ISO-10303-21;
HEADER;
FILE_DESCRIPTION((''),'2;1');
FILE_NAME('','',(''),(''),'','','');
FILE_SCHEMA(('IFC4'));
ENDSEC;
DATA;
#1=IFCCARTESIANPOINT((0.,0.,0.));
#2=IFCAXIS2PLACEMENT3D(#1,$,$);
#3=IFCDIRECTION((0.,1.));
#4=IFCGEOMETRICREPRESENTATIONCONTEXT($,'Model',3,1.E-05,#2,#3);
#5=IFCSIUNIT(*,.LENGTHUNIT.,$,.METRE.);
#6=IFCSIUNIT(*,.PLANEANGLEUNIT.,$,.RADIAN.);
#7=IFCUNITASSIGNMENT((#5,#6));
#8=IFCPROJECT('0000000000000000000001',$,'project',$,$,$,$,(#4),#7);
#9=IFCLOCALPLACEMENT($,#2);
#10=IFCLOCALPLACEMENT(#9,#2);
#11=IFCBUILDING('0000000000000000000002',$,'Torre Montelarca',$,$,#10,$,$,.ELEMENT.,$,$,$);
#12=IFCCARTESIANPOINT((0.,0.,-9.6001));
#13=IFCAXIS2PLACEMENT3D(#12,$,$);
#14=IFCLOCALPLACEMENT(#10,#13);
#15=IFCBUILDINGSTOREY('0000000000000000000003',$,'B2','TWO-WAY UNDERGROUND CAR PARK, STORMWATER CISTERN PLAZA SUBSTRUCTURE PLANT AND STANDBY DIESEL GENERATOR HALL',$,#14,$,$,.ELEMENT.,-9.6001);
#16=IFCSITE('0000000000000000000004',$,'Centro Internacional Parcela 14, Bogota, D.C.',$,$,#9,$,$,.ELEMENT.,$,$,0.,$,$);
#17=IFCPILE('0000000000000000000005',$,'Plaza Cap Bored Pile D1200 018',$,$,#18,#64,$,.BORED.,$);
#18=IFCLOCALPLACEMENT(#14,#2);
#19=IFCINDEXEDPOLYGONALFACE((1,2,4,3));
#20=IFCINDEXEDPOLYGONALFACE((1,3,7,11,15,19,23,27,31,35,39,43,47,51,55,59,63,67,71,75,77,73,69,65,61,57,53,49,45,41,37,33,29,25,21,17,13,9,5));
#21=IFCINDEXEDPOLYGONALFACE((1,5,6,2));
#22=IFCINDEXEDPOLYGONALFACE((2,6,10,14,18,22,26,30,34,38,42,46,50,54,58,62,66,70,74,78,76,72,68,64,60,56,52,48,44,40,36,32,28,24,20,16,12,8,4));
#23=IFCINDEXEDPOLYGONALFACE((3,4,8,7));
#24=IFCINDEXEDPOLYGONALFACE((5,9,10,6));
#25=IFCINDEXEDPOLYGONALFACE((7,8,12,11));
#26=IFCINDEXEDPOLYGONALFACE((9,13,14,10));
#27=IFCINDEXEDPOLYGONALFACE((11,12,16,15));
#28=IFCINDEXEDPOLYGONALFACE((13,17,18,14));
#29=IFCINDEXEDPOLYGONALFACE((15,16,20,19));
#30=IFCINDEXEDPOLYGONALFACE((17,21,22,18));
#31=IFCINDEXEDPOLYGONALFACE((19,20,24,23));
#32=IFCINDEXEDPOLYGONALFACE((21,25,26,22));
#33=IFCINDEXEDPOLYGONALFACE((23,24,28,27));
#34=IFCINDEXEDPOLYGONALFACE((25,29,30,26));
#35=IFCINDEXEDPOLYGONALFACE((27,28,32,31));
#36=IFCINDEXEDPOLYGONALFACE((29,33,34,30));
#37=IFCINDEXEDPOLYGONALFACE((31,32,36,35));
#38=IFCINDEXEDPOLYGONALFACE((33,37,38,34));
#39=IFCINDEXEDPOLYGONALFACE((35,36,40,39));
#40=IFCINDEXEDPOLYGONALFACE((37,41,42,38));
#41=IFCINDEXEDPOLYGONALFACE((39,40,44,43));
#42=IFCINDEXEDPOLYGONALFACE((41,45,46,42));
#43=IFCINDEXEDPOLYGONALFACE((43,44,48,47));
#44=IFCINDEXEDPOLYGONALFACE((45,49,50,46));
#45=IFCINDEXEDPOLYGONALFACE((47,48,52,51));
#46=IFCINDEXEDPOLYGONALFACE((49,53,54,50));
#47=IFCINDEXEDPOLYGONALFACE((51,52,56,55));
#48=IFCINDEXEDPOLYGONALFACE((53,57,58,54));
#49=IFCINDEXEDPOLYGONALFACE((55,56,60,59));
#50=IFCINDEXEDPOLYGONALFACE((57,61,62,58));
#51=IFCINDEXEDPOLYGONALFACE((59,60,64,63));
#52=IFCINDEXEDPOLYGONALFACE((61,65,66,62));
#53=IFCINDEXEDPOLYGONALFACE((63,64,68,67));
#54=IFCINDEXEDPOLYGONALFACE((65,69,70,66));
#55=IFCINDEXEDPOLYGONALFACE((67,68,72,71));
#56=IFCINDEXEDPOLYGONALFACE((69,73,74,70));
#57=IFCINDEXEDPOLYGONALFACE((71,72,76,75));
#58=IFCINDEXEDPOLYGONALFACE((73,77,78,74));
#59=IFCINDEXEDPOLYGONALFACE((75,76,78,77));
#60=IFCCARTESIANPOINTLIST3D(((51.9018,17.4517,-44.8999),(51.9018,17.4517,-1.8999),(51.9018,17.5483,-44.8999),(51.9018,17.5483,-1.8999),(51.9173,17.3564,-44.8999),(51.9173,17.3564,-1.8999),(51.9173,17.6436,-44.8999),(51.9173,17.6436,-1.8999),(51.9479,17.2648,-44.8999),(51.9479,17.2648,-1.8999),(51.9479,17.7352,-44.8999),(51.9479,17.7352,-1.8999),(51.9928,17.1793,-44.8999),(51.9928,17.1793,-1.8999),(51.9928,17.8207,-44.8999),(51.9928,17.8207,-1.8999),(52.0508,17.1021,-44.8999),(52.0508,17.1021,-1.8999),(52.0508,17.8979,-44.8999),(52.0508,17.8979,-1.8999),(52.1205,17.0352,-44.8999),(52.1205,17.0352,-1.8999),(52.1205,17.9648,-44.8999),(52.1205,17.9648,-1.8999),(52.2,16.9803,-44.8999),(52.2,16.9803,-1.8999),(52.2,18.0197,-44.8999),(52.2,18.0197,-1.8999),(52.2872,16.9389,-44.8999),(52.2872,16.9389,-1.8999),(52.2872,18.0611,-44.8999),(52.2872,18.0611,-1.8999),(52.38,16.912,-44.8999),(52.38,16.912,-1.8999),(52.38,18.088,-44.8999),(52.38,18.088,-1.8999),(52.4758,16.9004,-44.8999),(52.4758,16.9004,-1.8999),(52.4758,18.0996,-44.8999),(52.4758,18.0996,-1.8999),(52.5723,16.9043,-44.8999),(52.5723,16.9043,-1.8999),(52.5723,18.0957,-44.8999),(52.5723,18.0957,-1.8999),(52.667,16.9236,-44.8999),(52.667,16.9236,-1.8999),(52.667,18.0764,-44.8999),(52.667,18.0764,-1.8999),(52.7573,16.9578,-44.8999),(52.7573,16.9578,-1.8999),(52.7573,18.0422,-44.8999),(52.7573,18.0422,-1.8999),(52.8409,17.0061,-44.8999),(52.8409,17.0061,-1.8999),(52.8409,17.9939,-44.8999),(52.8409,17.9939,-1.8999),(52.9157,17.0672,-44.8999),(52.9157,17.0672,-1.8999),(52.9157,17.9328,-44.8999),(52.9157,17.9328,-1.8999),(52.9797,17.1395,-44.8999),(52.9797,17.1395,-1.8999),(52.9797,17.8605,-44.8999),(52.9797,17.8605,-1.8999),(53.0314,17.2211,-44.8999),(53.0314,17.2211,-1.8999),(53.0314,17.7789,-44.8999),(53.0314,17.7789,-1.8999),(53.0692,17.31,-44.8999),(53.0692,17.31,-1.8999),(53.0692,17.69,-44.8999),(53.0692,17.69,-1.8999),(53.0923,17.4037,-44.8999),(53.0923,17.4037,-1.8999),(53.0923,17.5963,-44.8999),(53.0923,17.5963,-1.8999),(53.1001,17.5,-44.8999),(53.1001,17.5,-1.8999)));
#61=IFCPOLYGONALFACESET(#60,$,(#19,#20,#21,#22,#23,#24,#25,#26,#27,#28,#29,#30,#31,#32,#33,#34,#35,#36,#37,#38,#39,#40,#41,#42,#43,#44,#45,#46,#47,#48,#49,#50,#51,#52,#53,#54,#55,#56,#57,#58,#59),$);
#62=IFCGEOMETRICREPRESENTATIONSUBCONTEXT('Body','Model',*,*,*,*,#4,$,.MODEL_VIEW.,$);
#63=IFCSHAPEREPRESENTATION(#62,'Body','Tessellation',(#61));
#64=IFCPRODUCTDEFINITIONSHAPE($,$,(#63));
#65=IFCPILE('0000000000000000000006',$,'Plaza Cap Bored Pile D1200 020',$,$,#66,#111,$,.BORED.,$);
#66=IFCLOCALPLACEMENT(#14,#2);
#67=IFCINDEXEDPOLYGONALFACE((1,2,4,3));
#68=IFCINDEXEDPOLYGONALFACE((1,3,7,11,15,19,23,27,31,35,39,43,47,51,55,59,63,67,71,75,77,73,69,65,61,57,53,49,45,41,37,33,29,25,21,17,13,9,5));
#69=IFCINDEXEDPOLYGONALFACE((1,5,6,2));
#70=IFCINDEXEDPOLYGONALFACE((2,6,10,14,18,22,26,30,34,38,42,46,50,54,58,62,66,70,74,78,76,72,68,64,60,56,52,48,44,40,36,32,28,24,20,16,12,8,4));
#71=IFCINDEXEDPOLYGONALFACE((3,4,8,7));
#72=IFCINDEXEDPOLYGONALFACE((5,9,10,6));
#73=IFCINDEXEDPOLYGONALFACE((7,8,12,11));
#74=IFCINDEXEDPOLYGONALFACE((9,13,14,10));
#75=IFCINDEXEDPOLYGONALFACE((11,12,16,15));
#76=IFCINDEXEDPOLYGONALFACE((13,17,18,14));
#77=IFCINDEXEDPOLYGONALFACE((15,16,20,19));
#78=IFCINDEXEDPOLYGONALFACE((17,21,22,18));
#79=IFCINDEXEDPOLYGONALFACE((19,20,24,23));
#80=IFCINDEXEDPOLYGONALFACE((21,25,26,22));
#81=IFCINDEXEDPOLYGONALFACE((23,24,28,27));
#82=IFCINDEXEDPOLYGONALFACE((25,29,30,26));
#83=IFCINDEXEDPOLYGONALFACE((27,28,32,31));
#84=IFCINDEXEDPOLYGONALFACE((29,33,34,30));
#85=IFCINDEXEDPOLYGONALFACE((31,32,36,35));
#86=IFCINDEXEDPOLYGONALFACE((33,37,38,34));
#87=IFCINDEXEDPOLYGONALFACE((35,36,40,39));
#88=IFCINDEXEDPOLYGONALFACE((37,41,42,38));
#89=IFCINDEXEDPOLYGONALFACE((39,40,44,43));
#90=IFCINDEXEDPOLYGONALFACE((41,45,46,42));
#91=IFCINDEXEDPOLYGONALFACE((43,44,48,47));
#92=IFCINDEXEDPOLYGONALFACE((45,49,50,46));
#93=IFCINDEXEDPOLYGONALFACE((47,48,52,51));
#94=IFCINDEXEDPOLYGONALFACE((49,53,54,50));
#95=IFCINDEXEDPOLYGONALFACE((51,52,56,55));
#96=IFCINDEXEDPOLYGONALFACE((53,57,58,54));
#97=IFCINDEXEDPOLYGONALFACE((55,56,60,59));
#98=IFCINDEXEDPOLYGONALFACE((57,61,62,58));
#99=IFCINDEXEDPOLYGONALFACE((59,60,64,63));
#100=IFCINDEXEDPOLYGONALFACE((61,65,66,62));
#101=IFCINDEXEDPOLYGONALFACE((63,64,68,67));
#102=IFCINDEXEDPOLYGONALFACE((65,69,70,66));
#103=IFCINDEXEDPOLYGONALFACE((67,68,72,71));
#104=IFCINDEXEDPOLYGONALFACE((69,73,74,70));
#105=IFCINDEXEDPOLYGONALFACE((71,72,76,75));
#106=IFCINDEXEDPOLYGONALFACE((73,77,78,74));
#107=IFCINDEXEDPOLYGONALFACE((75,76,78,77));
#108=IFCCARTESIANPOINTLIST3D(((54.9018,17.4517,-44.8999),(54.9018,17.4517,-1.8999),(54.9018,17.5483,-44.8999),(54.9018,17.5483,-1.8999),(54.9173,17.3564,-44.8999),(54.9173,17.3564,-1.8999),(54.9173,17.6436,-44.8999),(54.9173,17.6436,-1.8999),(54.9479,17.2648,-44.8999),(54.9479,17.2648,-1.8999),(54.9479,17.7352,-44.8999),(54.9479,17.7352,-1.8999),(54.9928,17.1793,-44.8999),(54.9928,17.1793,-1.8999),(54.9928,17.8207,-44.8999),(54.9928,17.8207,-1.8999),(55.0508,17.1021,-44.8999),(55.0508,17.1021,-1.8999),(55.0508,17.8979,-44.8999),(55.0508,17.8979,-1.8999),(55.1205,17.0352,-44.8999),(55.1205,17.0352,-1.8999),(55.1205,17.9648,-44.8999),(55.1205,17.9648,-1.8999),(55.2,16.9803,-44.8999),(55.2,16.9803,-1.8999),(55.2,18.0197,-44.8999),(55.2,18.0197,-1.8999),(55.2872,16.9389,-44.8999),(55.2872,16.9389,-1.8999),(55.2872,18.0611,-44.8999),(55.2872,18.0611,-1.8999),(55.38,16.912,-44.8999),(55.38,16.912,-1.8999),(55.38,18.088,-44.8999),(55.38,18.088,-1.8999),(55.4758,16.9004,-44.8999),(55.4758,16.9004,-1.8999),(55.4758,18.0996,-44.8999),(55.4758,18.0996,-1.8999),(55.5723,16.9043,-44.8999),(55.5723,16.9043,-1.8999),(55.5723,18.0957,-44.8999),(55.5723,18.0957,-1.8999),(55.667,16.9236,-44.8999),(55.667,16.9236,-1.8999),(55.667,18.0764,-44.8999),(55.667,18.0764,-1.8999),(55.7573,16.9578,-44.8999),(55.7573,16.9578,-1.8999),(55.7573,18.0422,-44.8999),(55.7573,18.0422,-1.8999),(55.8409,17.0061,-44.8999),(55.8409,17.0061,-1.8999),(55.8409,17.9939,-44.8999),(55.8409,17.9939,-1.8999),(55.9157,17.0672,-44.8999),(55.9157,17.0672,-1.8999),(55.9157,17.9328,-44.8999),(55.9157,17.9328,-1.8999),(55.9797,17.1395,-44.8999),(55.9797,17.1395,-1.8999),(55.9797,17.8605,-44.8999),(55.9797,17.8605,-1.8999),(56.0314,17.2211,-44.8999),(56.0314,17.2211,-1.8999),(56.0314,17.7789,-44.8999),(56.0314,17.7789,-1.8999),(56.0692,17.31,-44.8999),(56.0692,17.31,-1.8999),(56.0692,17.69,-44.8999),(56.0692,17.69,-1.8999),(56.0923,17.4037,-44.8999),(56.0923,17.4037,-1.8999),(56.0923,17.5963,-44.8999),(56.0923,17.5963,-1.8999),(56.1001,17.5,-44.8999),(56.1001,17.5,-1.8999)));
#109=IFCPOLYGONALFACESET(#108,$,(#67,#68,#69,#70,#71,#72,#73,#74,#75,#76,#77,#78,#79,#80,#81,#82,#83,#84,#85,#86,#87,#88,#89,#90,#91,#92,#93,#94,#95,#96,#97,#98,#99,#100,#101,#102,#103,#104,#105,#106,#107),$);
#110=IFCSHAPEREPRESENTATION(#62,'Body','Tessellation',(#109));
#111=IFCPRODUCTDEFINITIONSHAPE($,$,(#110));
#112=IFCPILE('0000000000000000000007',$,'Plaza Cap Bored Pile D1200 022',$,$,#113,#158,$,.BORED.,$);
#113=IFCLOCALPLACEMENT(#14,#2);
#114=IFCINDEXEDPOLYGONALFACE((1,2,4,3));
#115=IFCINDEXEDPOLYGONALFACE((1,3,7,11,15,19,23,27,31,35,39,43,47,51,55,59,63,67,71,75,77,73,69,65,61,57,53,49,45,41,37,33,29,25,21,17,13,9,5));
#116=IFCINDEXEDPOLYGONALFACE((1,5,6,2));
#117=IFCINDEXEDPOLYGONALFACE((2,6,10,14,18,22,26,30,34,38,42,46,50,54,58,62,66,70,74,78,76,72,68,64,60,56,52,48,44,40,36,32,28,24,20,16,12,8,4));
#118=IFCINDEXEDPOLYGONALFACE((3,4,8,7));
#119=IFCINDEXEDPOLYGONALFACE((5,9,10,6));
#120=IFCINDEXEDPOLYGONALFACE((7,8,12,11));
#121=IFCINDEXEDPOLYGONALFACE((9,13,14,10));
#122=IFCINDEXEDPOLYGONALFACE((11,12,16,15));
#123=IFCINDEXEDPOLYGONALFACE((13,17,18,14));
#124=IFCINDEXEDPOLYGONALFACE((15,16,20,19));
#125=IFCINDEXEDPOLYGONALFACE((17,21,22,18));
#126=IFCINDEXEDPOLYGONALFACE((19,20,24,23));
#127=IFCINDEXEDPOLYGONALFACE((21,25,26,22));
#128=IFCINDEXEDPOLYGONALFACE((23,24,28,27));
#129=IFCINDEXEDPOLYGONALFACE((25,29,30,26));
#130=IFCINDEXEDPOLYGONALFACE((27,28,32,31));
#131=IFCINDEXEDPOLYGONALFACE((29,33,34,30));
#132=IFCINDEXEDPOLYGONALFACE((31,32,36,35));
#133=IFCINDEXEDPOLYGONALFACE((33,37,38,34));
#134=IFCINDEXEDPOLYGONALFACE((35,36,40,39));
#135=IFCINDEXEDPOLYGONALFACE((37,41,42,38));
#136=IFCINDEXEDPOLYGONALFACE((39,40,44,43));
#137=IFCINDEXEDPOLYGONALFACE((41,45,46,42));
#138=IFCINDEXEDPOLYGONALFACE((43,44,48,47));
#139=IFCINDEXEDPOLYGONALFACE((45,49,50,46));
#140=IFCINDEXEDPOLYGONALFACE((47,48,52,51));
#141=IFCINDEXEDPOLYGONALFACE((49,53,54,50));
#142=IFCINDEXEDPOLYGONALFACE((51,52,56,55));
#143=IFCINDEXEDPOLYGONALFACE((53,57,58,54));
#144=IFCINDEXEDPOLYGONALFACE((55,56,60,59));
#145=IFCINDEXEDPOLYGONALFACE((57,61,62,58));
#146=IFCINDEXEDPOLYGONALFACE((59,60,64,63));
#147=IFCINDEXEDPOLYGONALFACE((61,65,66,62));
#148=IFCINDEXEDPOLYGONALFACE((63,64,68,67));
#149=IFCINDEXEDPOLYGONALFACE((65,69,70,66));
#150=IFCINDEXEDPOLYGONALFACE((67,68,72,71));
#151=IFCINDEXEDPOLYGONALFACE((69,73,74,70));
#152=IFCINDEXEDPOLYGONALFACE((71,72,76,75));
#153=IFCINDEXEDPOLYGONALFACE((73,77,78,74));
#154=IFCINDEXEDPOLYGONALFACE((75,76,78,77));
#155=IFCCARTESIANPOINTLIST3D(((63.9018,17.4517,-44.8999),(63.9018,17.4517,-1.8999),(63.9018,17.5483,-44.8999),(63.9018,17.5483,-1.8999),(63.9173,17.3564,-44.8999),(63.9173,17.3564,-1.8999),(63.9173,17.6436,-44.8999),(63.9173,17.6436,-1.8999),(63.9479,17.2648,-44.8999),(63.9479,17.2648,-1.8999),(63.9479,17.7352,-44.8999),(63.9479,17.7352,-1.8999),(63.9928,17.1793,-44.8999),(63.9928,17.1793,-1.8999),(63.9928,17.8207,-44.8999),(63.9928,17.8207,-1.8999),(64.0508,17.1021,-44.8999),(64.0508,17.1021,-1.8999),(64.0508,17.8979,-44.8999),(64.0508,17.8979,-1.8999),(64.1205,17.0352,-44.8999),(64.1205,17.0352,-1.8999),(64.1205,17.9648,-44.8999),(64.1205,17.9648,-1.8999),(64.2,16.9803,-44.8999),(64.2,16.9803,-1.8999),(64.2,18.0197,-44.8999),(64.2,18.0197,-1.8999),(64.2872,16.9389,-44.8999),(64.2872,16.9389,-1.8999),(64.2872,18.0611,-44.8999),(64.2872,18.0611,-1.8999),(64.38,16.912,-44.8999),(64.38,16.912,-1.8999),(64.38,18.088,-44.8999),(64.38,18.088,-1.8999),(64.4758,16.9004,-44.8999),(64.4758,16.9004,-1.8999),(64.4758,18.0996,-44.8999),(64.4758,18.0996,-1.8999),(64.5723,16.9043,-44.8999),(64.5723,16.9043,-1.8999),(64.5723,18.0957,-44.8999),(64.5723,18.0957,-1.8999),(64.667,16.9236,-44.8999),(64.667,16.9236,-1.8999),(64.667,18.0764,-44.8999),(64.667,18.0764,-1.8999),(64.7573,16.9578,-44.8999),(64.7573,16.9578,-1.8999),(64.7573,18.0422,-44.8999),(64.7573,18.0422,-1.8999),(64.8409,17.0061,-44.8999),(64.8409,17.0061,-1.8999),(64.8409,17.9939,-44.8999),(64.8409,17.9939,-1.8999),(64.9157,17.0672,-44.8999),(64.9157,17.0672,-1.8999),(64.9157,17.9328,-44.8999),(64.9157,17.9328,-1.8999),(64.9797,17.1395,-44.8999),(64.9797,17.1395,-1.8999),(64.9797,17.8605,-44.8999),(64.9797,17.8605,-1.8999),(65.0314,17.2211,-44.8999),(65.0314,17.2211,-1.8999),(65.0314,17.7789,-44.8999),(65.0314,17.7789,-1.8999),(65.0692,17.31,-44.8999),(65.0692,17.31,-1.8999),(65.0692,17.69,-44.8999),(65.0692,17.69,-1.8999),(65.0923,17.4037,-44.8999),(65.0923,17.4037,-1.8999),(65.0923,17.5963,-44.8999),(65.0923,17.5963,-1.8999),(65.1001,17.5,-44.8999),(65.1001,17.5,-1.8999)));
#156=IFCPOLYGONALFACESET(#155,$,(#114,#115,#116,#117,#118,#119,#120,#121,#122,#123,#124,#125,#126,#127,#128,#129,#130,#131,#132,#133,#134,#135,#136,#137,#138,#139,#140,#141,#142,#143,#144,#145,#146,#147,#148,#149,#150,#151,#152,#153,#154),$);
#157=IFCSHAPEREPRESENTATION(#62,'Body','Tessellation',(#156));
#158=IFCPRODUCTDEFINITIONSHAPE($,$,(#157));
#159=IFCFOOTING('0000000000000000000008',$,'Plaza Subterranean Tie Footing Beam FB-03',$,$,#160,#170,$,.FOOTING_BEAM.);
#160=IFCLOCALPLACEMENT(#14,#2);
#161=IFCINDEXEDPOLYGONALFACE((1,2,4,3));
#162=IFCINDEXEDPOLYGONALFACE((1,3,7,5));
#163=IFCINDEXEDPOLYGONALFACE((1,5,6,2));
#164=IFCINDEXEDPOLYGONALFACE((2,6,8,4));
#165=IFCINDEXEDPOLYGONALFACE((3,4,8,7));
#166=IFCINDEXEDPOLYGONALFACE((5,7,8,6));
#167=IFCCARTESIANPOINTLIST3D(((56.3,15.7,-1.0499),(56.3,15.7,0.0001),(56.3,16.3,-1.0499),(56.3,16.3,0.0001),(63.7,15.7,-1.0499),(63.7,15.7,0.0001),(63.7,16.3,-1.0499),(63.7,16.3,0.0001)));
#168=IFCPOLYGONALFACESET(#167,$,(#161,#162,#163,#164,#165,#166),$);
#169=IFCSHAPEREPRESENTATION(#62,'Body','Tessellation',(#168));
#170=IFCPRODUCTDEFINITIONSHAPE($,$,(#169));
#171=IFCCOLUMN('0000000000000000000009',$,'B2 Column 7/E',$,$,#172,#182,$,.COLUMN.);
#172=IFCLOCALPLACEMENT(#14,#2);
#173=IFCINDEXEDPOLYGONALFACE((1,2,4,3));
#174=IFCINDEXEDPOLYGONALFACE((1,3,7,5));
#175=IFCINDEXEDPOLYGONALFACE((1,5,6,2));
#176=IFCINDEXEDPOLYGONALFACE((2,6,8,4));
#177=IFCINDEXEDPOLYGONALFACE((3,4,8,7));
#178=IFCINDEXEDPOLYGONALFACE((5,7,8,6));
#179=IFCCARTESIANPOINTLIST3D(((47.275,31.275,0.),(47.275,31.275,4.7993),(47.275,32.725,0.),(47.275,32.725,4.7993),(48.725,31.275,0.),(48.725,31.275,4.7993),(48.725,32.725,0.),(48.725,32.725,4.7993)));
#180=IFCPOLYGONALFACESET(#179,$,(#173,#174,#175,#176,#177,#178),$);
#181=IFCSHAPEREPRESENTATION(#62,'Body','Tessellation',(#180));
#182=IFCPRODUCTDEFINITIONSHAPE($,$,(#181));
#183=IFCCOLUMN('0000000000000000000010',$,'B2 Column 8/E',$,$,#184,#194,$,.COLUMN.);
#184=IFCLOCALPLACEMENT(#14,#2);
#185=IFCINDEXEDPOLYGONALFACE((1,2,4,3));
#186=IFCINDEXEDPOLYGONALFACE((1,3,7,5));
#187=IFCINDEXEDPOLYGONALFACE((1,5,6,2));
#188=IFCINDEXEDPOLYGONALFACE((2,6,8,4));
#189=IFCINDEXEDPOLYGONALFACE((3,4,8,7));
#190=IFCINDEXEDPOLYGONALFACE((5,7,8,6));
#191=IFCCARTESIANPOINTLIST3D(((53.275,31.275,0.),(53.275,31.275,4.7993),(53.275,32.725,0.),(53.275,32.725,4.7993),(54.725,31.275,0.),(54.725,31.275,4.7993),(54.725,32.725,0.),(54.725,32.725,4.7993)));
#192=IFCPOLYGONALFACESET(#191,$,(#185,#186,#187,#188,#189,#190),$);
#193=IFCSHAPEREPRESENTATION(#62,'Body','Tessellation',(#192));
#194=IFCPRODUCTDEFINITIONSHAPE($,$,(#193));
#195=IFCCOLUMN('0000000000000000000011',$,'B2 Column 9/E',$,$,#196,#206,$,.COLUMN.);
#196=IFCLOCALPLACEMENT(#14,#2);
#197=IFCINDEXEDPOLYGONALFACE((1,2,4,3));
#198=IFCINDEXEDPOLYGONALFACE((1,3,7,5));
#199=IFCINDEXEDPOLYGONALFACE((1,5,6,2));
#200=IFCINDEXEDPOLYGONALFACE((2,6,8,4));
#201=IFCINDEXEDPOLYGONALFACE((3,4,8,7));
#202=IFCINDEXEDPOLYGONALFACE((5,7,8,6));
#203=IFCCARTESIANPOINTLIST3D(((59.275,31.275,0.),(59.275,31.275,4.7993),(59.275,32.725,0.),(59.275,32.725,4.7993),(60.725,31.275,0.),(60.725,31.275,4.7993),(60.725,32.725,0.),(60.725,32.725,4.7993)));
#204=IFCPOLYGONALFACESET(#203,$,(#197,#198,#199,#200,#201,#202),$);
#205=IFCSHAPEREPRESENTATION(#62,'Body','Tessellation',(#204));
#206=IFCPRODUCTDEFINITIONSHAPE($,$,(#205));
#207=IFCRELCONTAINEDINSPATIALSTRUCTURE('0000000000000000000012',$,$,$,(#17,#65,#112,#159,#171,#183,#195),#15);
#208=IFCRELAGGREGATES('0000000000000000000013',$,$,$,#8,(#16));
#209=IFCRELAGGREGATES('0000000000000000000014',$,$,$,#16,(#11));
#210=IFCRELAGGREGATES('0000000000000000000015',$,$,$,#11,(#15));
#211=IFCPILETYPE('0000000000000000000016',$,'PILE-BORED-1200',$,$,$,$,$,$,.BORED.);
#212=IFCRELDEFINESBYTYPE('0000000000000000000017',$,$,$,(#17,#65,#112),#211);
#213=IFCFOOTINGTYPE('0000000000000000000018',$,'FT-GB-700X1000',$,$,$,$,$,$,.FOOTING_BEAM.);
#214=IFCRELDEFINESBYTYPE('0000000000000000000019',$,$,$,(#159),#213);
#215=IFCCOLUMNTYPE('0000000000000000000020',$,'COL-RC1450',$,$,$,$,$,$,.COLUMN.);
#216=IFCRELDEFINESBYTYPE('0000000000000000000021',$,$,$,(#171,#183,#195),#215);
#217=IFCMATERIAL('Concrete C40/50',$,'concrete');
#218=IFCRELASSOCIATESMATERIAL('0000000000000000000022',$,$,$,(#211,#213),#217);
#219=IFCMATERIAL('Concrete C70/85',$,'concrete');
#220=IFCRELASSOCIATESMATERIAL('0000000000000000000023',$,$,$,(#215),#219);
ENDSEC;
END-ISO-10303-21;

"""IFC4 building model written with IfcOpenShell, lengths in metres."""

from ifc_helpers import new_model, si_unit, direction, frame, origin, origin_2d, place, context, subcontext, project, spatial, rectangle, circle, extrude, source, transform, mapped, material, material_profile, profile_set, type_object, element, save


model = new_model("IFC4")

# Units and contexts
model_context = context("Model", 3, precision=1e-05, world=origin(), true_north=direction((0.0, 1.0)))
body_context = subcontext(model_context, "Body", "Model", "MODEL_VIEW")
ifc_project = project(units=[si_unit("LENGTHUNIT", "METRE"), si_unit("PLANEANGLEUNIT", "RADIAN")], contexts=[model_context])

# Site, building, storey
site_placement = place(None, origin())
site = spatial("IfcSite", under=ifc_project, at=site_placement, Name="Centro Internacional Parcela 14, Bogota, D.C.", CompositionType="ELEMENT", RefElevation=0.0)
building_placement = place(site_placement, origin())
building = spatial("IfcBuilding", under=site, at=building_placement, Name="Torre Montelarca", CompositionType="ELEMENT")
storey_placement = place(building_placement, frame((0.0, 0.0, -9.6001)))
storey = spatial("IfcBuildingStorey", under=building, at=storey_placement, Name="B2", Description="TWO-WAY UNDERGROUND CAR PARK, STORMWATER CISTERN PLAZA SUBSTRUCTURE PLANT AND STANDBY DIESEL GENERATOR HALL", CompositionType="ELEMENT", Elevation=-9.6001)

# Piles
ifc_material_1 = material(Name="Concrete C40/50", Category="concrete")
ifc_material_profile_1 = material_profile(ifc_material_1, circle(Radius=0.6001, at=origin_2d()), Name="PILE-D1200", Category="concrete")
ifc_profile_set_1 = profile_set([ifc_material_profile_1], Name="Concrete C40/50")
pile_type_1 = type_object("IfcPileType", Name="PILE-BORED-1200", PredefinedType="BORED", material=ifc_profile_set_1)
shared_shape_1 = source(origin(), body_context, "Body", "SweptSolid", [
    extrude(circle(Radius=0.6001, at=origin_2d()), origin(), (0.0, 0.0, 1.0), 43.0),
])
for number, where, z_axis, x_axis, name in (
    (1, (52.5, 17.5, -1.8999), (0.0, 0.0, -1.0), (1.0, 0.0, 0.0), "Plaza Cap Bored Pile D1200 018"),
    (2, (55.5, 17.5, -1.8999), (0.0, 0.0, -1.0), (1.0, 0.0, 0.0), "Plaza Cap Bored Pile D1200 020"),
    (3, (64.5, 17.5, -1.8999), (0.0, 0.0, -1.0), (1.0, 0.0, 0.0), "Plaza Cap Bored Pile D1200 022"),
):
    element("IfcPile", number, at=place(storey_placement, frame(where, z_axis=z_axis, x_axis=x_axis)), inside=storey, type_object=pile_type_1, Name=name, PredefinedType="BORED", context=body_context, shape_type="MappedRepresentation", body=[
        mapped(shared_shape_1, transform((0.0, 0.0, 0.0), scale=1.0)),
    ])

# Footing
ifc_material_profile_2 = material_profile(ifc_material_1, rectangle(XDim=0.6001, YDim=1.05, at=origin_2d()), Name="RCB600X1050", Category="concrete")
ifc_profile_set_2 = profile_set([ifc_material_profile_2], Name="Concrete C40/50")
footing_type = type_object("IfcFootingType", Name="FT-GB-700X1000", PredefinedType="FOOTING_BEAM", material=ifc_profile_set_2)
shared_shape_2 = source(origin(), body_context, "Body", "SweptSolid", [
    extrude(rectangle(XDim=0.6001, YDim=1.05, at=origin_2d()), origin(), (0.0, 0.0, 1.0), 7.3999),
])
footing_placement = place(storey_placement, frame((56.3, 16.0, -0.5249), z_axis=(1.0, 0.0, 0.0), x_axis=(0.0, 1.0, 0.0)))
element("IfcFooting", 4, at=footing_placement, inside=storey, type_object=footing_type, Name="Plaza Subterranean Tie Footing Beam FB-03", PredefinedType="FOOTING_BEAM", context=body_context, shape_type="MappedRepresentation", body=[
    mapped(shared_shape_2, transform((0.0, 0.0, 0.0), scale=1.0)),
])

# Columns
ifc_material_2 = material(Name="Concrete C70/85", Category="concrete")
ifc_material_profile_3 = material_profile(ifc_material_2, rectangle(XDim=1.45, YDim=1.45, at=origin_2d()), Name="RC1450X1450", Category="concrete")
ifc_profile_set_3 = profile_set([ifc_material_profile_3], Name="Concrete C70/85")
column_type_1 = type_object("IfcColumnType", Name="COL-RC1450", PredefinedType="COLUMN", material=ifc_profile_set_3)
shared_shape_3 = source(origin(), body_context, "Body", "SweptSolid", [
    extrude(rectangle(XDim=1.45, YDim=1.45, at=origin_2d()), origin(), (0.0, 0.0, 1.0), 4.7993),
])
for number, where, z_axis, x_axis, name in (
    (5, (48.0, 32.0, 0.0), (0.0, 0.0, 1.0), (1.0, 0.0, 0.0), "B2 Column 7/E"),
    (6, (54.0, 32.0, 0.0), (0.0, 0.0, 1.0), (1.0, 0.0, 0.0), "B2 Column 8/E"),
    (7, (60.0, 32.0, 0.0), (0.0, 0.0, 1.0), (1.0, 0.0, 0.0), "B2 Column 9/E"),
):
    element("IfcColumn", number, at=place(storey_placement, frame(where, z_axis=z_axis, x_axis=x_axis)), inside=storey, type_object=column_type_1, Name=name, PredefinedType="COLUMN", context=body_context, shape_type="MappedRepresentation", body=[
        mapped(shared_shape_3, transform((0.0, 0.0, 0.0), scale=1.0)),
    ])

save(model, "model.ifc")
